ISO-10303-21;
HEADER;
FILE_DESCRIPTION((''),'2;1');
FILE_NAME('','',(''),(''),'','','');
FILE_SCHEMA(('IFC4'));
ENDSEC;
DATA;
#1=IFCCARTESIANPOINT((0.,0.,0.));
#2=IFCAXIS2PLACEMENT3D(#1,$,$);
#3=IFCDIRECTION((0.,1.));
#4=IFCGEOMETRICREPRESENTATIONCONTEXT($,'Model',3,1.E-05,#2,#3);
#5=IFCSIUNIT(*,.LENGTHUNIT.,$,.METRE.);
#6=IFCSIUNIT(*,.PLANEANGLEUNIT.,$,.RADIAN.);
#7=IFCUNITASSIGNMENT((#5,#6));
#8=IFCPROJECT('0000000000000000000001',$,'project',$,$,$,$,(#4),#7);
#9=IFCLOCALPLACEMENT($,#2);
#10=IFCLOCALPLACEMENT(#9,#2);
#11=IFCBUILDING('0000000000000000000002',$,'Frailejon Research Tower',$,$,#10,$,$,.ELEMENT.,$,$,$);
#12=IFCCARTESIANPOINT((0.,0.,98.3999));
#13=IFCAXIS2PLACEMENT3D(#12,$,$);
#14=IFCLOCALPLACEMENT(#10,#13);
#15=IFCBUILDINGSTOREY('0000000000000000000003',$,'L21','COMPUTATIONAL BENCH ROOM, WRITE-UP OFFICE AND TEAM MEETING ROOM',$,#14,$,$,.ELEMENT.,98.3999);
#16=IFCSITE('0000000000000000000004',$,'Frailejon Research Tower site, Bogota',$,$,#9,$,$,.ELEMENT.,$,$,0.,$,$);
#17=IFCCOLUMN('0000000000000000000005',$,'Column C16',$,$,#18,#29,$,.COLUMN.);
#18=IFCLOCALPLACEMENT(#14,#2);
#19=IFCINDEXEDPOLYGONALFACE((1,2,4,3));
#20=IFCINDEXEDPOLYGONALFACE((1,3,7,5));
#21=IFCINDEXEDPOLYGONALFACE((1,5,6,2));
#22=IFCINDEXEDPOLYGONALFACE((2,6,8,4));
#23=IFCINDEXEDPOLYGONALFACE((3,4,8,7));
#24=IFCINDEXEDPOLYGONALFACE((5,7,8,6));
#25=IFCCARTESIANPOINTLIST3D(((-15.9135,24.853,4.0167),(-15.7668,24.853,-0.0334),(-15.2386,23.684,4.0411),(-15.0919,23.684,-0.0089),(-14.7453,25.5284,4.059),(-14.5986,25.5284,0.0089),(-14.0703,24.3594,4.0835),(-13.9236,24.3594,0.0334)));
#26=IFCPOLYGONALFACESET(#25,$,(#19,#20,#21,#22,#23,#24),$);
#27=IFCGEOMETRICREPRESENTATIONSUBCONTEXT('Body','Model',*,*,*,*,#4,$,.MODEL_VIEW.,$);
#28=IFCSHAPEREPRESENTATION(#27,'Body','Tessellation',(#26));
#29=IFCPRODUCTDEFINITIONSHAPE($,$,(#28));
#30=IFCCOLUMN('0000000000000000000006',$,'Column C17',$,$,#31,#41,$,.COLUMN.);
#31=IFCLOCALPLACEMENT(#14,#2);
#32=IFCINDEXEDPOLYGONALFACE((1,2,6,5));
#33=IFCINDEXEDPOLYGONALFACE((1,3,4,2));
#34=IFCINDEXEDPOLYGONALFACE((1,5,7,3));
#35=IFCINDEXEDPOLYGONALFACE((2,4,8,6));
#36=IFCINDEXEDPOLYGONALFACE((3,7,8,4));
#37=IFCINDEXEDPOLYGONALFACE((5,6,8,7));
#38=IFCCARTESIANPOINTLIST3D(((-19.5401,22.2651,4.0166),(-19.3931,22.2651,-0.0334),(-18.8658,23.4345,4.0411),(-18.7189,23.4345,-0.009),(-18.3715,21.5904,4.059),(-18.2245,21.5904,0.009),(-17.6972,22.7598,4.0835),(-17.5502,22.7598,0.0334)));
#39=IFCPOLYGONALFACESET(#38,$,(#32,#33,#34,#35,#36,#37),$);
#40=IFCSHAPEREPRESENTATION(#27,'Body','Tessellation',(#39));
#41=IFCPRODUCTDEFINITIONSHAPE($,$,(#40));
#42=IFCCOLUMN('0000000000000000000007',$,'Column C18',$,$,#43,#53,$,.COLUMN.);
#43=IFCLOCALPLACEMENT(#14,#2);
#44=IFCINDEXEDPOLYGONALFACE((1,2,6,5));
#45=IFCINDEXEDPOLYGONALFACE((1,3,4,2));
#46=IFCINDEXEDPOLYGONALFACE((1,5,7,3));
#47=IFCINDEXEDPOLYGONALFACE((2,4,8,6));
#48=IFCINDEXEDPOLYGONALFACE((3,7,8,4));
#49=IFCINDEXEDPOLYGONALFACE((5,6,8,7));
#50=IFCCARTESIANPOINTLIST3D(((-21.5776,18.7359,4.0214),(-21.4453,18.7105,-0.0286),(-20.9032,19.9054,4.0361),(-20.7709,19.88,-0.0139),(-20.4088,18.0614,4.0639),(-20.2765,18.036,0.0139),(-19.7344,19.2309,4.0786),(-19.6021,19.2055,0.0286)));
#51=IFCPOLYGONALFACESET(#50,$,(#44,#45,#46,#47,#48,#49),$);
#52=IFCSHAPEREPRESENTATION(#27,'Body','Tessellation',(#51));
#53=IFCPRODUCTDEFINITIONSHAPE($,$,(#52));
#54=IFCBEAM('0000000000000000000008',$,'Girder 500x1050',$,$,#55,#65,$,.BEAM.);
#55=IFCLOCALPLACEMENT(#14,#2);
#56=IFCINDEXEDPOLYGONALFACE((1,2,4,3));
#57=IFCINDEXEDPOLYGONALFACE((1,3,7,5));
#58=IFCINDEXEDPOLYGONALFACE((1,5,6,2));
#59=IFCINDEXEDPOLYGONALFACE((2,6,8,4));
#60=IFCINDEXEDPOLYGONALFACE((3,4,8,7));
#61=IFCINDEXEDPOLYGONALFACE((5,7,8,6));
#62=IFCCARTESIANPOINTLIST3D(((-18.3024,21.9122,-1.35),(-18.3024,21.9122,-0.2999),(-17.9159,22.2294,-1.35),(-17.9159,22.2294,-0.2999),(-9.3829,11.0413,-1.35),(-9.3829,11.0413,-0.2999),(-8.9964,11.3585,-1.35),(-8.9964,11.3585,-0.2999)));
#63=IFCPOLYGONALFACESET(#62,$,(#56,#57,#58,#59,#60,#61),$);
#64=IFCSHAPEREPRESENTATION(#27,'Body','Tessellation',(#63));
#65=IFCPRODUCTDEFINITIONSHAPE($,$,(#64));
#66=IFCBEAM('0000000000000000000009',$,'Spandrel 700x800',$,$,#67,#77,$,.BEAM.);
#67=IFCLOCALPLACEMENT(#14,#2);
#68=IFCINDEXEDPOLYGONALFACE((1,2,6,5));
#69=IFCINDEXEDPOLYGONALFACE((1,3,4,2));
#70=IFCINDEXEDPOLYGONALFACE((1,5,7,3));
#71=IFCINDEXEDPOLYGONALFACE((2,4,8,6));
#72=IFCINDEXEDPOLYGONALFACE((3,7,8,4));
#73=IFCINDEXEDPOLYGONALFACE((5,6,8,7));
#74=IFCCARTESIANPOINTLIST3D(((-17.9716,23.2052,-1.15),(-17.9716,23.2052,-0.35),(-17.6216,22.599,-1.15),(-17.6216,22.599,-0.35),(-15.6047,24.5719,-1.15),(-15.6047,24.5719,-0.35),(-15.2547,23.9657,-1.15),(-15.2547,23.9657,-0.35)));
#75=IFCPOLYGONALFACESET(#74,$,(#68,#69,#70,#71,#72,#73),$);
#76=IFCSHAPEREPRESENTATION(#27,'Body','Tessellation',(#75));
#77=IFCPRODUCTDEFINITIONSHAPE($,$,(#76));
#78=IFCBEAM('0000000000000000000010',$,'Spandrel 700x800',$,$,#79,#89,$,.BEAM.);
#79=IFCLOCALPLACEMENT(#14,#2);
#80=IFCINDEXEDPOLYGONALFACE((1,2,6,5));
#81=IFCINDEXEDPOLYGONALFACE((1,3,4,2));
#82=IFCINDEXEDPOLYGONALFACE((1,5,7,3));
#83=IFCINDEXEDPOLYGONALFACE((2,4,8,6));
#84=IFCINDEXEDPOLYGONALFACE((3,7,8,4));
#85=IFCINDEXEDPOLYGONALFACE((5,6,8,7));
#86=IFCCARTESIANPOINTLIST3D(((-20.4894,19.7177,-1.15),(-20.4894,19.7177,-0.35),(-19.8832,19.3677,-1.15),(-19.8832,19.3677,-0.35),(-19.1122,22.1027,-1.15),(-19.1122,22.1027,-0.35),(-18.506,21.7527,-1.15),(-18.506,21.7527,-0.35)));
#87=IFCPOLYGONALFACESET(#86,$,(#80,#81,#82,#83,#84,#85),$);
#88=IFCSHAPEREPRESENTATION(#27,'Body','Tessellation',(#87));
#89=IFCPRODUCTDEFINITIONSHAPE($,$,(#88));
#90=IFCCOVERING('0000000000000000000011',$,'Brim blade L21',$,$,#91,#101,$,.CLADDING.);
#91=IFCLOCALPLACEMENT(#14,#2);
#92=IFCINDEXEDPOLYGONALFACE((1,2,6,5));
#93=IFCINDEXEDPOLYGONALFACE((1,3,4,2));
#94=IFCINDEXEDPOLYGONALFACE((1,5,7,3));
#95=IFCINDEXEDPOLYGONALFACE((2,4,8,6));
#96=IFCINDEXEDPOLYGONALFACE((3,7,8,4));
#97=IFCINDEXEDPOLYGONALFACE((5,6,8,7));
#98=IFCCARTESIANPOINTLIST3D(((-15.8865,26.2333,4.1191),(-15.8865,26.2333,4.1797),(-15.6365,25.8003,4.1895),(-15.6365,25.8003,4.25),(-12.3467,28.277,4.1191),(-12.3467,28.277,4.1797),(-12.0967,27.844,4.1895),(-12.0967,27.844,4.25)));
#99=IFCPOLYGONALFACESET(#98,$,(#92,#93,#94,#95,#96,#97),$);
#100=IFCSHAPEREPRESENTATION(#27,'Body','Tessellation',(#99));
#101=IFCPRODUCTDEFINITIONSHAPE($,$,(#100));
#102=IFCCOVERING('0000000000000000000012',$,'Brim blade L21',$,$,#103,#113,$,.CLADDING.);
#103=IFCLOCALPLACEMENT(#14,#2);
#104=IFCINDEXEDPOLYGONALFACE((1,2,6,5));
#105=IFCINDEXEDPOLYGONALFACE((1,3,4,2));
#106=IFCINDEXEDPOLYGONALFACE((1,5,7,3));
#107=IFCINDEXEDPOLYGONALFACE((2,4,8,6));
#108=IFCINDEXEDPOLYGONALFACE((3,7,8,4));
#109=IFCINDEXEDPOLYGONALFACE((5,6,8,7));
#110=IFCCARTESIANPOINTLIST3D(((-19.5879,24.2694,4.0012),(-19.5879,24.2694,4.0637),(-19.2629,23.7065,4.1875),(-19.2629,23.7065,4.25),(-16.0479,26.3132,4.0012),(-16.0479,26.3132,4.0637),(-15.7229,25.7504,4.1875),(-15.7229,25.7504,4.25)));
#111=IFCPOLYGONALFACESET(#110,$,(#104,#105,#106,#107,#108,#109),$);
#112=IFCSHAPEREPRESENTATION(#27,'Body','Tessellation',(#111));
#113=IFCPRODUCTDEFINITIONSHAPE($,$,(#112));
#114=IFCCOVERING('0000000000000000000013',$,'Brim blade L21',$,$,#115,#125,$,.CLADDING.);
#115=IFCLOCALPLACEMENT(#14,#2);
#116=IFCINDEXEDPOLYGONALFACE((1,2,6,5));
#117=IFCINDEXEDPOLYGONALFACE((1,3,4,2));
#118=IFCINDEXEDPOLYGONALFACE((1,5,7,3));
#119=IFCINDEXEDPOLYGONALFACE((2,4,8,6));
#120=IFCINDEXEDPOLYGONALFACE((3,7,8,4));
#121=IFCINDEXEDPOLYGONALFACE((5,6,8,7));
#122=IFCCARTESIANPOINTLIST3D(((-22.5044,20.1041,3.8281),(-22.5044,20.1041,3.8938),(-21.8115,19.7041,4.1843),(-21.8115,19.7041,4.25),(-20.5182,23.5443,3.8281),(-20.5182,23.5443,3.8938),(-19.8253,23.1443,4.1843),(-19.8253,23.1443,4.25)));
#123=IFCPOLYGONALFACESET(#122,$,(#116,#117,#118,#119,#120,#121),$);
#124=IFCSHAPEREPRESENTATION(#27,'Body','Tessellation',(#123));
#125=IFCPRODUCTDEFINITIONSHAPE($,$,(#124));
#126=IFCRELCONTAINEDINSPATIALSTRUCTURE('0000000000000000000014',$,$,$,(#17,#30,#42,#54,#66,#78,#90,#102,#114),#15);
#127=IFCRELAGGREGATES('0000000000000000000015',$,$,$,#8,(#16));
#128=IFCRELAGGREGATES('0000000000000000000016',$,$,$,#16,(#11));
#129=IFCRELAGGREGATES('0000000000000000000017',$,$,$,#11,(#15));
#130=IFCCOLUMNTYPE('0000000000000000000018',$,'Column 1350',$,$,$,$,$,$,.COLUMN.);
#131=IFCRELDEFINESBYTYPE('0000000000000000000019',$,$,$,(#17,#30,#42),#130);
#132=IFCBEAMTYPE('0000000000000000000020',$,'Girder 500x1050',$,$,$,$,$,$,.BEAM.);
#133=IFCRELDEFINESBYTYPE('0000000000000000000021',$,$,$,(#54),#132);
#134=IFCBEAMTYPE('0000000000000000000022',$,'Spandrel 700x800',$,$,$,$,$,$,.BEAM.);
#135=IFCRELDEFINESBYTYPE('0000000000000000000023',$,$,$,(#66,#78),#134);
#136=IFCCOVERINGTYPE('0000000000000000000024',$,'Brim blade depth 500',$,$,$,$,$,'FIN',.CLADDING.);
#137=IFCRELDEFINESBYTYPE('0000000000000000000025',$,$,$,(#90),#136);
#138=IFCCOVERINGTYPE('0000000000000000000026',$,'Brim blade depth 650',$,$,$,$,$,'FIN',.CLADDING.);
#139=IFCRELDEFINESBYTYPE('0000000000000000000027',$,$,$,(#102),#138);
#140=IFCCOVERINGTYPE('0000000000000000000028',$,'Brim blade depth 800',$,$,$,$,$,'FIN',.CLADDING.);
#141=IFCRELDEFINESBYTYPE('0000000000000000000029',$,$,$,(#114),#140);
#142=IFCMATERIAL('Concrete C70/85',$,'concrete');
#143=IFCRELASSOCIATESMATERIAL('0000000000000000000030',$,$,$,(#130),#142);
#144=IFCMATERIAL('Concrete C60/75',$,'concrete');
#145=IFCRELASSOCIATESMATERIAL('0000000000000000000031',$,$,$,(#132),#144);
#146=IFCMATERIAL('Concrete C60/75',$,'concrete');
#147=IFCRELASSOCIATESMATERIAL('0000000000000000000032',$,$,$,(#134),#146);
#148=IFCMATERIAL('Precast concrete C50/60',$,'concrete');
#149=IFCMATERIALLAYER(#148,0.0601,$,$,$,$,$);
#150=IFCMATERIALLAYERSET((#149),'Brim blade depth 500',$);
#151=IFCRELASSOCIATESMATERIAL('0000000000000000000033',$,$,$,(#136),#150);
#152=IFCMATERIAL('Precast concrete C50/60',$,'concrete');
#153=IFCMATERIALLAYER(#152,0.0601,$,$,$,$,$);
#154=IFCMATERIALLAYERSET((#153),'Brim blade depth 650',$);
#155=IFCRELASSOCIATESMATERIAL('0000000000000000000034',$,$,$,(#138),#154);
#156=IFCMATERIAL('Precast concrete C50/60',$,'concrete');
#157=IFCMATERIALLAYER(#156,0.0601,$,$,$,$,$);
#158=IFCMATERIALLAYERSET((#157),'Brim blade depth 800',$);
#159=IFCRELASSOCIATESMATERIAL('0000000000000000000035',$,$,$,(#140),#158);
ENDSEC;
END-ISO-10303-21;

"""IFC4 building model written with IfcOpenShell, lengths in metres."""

from ifc_helpers import new_model, si_unit, direction, frame, origin, origin_2d, place, context, subcontext, project, spatial, polyline, rectangle, outline, extrude, material, layer, layer_set, material_profile, profile_set, type_object, element, save


model = new_model("IFC4")

# Units and contexts
model_context = context("Model", 3, precision=1e-05, world=origin(), true_north=direction((0.0, 1.0)))
body_context = subcontext(model_context, "Body", "Model", "MODEL_VIEW")
ifc_project = project(units=[si_unit("LENGTHUNIT", "METRE"), si_unit("PLANEANGLEUNIT", "RADIAN")], contexts=[model_context])

# Site, building, storey
site_placement = place(None, origin())
site = spatial("IfcSite", under=ifc_project, at=site_placement, Name="Frailejon Research Tower site, Bogota", CompositionType="ELEMENT", RefElevation=0.0)
building_placement = place(site_placement, origin())
building = spatial("IfcBuilding", under=site, at=building_placement, Name="Frailejon Research Tower", CompositionType="ELEMENT")
storey_placement = place(building_placement, frame((0.0, 0.0, 98.3999)))
storey = spatial("IfcBuildingStorey", under=building, at=storey_placement, Name="L21", Description="COMPUTATIONAL BENCH ROOM, WRITE-UP OFFICE AND TEAM MEETING ROOM", CompositionType="ELEMENT", Elevation=98.3999)

# Columns
ifc_material_1 = material(Name="Concrete C70/85", Category="concrete")
ifc_material_profile_1 = material_profile(ifc_material_1, rectangle(XDim=1.3501, YDim=1.3501, at=origin_2d()), Name="Column 1350")
ifc_profile_set_1 = profile_set([ifc_material_profile_1], Name="Concrete C70/85")
column_type = type_object("IfcColumnType", Name="Column 1350", PredefinedType="COLUMN", material=ifc_profile_set_1)
for number, where, z_axis, x_axis, name in (
    (1, (-14.8452, 24.6062, 0.0), (-0.036205, 0.0, 0.999344), (-0.865315, -0.500246, -0.031349), "Column C16"),
    (2, (-18.4717, 22.5125, 0.0), (-0.036265, 0.0, 0.999342), (-0.499425, -0.866168, -0.018124), "Column C17"),
):
    element("IfcColumn", number, at=place(storey_placement, frame(where, z_axis=z_axis, x_axis=x_axis)), inside=storey, type_object=column_type, Name=name, PredefinedType="COLUMN", context=body_context, shape_type="SweptSolid", body=[
        extrude(rectangle(XDim=1.3501, YDim=1.3501, at=origin_2d()), origin(), (0.0, 0.0, 1.0), 4.0527),
    ])
column_placement = place(storey_placement, frame((-20.5237, 18.958, 0.0), z_axis=(-0.032654, 0.006266, 0.999447), x_axis=(-0.49952, -0.866234, -0.01089)))
element("IfcColumn", 3, at=column_placement, inside=storey, type_object=column_type, Name="Column C18", PredefinedType="COLUMN", context=body_context, shape_type="SweptSolid", body=[
    extrude(rectangle(XDim=1.3501, YDim=1.3501, at=origin_2d()), origin(), (0.0, 0.0, 1.0), 4.0522),
])

# Beams
ifc_material_2 = material(Name="Concrete C60/75", Category="concrete")
ifc_material_profile_2 = material_profile(ifc_material_2, rectangle(XDim=0.5, YDim=1.05, at=origin_2d()), Name="Girder 500x1050")
ifc_profile_set_2 = profile_set([ifc_material_profile_2], Name="Concrete C60/75")
beam_type_1 = type_object("IfcBeamType", Name="Girder 500x1050", PredefinedType="BEAM", material=ifc_profile_set_2)
beam_1_placement = place(storey_placement, frame((-18.1091, 22.0708, -0.825), z_axis=(0.634307, -0.773082, 0.0), x_axis=(0.773082, 0.634307, 0.0)))
element("IfcBeam", 4, at=beam_1_placement, inside=storey, type_object=beam_type_1, Name="Girder 500x1050", PredefinedType="BEAM", context=body_context, shape_type="SweptSolid", body=[
    extrude(rectangle(XDim=0.5, YDim=1.05, at=origin_2d()), origin(), (0.0, 0.0, 1.0), 14.0618),
])
ifc_material_3 = material(Name="Concrete C60/75", Category="concrete")
ifc_material_profile_3 = material_profile(ifc_material_3, rectangle(XDim=0.7, YDim=0.8, at=origin_2d()), Name="Spandrel 700x800")
ifc_profile_set_3 = profile_set([ifc_material_profile_3], Name="Concrete C60/75")
beam_type_2 = type_object("IfcBeamType", Name="Spandrel 700x800", PredefinedType="BEAM", material=ifc_profile_set_3)
beam_2_placement = place(storey_placement, frame((-15.4297, 24.2688, -0.75), z_axis=(-0.866003, -0.500039, 0.0), x_axis=(0.500039, -0.866003, 0.0)))
element("IfcBeam", 5, at=beam_2_placement, inside=storey, type_object=beam_type_2, Name="Spandrel 700x800", PredefinedType="BEAM", context=body_context, shape_type="SweptSolid", body=[
    extrude(rectangle(XDim=0.7, YDim=0.8, at=origin_2d()), origin(), (0.0, 0.0, 1.0), 2.7332),
])
beam_3_placement = place(storey_placement, frame((-18.8091, 21.9277, -0.75), z_axis=(-0.500058, -0.865992, 0.0), x_axis=(0.865992, -0.500058, 0.0)))
element("IfcBeam", 6, at=beam_3_placement, inside=storey, type_object=beam_type_2, Name="Spandrel 700x800", PredefinedType="BEAM", context=body_context, shape_type="SweptSolid", body=[
    extrude(rectangle(XDim=0.7, YDim=0.8, at=origin_2d()), origin(), (0.0, 0.0, 1.0), 2.7542),
])

# Coverings
ifc_material_4 = material(Name="Precast concrete C50/60", Category="concrete")
ifc_layer_1 = layer(ifc_material_4, 0.0601)
ifc_layer_set_1 = layer_set([ifc_layer_1], Name="Brim blade depth 500")
covering_type_1 = type_object("IfcCoveringType", Name="Brim blade depth 500", ElementType="FIN", PredefinedType="CLADDING", material=ifc_layer_set_1)
covering_1_placement = place(storey_placement, frame((-15.6365, 25.8003, 4.25), z_axis=(0.866021, 0.500007, 0.0), x_axis=(-0.500007, 0.866021, 0.0)))
element("IfcCovering", 7, at=covering_1_placement, inside=storey, type_object=covering_type_1, Name="Brim blade L21", PredefinedType="CLADDING", context=body_context, shape_type="SweptSolid", body=[
    extrude(outline(polyline([(0.0, -0.0605), (0.5, -0.1309), (0.5, -0.0703), (0.0, 0.0), (0.0, -0.0605)])), origin(), (0.0, 0.0, 1.0), 4.0874),
])
ifc_material_5 = material(Name="Precast concrete C50/60", Category="concrete")
ifc_layer_2 = layer(ifc_material_5, 0.0601)
ifc_layer_set_2 = layer_set([ifc_layer_2], Name="Brim blade depth 650")
covering_type_2 = type_object("IfcCoveringType", Name="Brim blade depth 650", ElementType="FIN", PredefinedType="CLADDING", material=ifc_layer_set_2)
covering_2_placement = place(storey_placement, frame((-19.2629, 23.7065, 4.25), z_axis=(0.866027, 0.499997, 0.0), x_axis=(-0.499997, 0.866027, 0.0)))
element("IfcCovering", 8, at=covering_2_placement, inside=storey, type_object=covering_type_2, Name="Brim blade L21", PredefinedType="CLADDING", context=body_context, shape_type="SweptSolid", body=[
    extrude(outline(polyline([(0.0, -0.0625), (0.6499, -0.2488), (0.6499, -0.1863), (0.0, 0.0), (0.0, -0.0625)])), origin(), (0.0, 0.0, 1.0), 4.0876),
])
ifc_material_6 = material(Name="Precast concrete C50/60", Category="concrete")
ifc_layer_3 = layer(ifc_material_6, 0.0601)
ifc_layer_set_3 = layer_set([ifc_layer_3], Name="Brim blade depth 800")
covering_type_3 = type_object("IfcCoveringType", Name="Brim blade depth 800", ElementType="FIN", PredefinedType="CLADDING", material=ifc_layer_set_3)
covering_3_placement = place(storey_placement, frame((-21.8115, 19.7041, 4.25), z_axis=(0.499992, 0.86603, 0.0), x_axis=(-0.86603, 0.499992, 0.0)))
element("IfcCovering", 9, at=covering_3_placement, inside=storey, type_object=covering_type_3, Name="Brim blade L21", PredefinedType="CLADDING", context=body_context, shape_type="SweptSolid", body=[
    extrude(outline(polyline([(0.0, -0.0657), (0.8, -0.4219), (0.8, -0.3562), (0.0, 0.0), (0.0, -0.0657)])), origin(), (0.0, 0.0, 1.0), 3.9724),
])

save(model, "model.ifc")
